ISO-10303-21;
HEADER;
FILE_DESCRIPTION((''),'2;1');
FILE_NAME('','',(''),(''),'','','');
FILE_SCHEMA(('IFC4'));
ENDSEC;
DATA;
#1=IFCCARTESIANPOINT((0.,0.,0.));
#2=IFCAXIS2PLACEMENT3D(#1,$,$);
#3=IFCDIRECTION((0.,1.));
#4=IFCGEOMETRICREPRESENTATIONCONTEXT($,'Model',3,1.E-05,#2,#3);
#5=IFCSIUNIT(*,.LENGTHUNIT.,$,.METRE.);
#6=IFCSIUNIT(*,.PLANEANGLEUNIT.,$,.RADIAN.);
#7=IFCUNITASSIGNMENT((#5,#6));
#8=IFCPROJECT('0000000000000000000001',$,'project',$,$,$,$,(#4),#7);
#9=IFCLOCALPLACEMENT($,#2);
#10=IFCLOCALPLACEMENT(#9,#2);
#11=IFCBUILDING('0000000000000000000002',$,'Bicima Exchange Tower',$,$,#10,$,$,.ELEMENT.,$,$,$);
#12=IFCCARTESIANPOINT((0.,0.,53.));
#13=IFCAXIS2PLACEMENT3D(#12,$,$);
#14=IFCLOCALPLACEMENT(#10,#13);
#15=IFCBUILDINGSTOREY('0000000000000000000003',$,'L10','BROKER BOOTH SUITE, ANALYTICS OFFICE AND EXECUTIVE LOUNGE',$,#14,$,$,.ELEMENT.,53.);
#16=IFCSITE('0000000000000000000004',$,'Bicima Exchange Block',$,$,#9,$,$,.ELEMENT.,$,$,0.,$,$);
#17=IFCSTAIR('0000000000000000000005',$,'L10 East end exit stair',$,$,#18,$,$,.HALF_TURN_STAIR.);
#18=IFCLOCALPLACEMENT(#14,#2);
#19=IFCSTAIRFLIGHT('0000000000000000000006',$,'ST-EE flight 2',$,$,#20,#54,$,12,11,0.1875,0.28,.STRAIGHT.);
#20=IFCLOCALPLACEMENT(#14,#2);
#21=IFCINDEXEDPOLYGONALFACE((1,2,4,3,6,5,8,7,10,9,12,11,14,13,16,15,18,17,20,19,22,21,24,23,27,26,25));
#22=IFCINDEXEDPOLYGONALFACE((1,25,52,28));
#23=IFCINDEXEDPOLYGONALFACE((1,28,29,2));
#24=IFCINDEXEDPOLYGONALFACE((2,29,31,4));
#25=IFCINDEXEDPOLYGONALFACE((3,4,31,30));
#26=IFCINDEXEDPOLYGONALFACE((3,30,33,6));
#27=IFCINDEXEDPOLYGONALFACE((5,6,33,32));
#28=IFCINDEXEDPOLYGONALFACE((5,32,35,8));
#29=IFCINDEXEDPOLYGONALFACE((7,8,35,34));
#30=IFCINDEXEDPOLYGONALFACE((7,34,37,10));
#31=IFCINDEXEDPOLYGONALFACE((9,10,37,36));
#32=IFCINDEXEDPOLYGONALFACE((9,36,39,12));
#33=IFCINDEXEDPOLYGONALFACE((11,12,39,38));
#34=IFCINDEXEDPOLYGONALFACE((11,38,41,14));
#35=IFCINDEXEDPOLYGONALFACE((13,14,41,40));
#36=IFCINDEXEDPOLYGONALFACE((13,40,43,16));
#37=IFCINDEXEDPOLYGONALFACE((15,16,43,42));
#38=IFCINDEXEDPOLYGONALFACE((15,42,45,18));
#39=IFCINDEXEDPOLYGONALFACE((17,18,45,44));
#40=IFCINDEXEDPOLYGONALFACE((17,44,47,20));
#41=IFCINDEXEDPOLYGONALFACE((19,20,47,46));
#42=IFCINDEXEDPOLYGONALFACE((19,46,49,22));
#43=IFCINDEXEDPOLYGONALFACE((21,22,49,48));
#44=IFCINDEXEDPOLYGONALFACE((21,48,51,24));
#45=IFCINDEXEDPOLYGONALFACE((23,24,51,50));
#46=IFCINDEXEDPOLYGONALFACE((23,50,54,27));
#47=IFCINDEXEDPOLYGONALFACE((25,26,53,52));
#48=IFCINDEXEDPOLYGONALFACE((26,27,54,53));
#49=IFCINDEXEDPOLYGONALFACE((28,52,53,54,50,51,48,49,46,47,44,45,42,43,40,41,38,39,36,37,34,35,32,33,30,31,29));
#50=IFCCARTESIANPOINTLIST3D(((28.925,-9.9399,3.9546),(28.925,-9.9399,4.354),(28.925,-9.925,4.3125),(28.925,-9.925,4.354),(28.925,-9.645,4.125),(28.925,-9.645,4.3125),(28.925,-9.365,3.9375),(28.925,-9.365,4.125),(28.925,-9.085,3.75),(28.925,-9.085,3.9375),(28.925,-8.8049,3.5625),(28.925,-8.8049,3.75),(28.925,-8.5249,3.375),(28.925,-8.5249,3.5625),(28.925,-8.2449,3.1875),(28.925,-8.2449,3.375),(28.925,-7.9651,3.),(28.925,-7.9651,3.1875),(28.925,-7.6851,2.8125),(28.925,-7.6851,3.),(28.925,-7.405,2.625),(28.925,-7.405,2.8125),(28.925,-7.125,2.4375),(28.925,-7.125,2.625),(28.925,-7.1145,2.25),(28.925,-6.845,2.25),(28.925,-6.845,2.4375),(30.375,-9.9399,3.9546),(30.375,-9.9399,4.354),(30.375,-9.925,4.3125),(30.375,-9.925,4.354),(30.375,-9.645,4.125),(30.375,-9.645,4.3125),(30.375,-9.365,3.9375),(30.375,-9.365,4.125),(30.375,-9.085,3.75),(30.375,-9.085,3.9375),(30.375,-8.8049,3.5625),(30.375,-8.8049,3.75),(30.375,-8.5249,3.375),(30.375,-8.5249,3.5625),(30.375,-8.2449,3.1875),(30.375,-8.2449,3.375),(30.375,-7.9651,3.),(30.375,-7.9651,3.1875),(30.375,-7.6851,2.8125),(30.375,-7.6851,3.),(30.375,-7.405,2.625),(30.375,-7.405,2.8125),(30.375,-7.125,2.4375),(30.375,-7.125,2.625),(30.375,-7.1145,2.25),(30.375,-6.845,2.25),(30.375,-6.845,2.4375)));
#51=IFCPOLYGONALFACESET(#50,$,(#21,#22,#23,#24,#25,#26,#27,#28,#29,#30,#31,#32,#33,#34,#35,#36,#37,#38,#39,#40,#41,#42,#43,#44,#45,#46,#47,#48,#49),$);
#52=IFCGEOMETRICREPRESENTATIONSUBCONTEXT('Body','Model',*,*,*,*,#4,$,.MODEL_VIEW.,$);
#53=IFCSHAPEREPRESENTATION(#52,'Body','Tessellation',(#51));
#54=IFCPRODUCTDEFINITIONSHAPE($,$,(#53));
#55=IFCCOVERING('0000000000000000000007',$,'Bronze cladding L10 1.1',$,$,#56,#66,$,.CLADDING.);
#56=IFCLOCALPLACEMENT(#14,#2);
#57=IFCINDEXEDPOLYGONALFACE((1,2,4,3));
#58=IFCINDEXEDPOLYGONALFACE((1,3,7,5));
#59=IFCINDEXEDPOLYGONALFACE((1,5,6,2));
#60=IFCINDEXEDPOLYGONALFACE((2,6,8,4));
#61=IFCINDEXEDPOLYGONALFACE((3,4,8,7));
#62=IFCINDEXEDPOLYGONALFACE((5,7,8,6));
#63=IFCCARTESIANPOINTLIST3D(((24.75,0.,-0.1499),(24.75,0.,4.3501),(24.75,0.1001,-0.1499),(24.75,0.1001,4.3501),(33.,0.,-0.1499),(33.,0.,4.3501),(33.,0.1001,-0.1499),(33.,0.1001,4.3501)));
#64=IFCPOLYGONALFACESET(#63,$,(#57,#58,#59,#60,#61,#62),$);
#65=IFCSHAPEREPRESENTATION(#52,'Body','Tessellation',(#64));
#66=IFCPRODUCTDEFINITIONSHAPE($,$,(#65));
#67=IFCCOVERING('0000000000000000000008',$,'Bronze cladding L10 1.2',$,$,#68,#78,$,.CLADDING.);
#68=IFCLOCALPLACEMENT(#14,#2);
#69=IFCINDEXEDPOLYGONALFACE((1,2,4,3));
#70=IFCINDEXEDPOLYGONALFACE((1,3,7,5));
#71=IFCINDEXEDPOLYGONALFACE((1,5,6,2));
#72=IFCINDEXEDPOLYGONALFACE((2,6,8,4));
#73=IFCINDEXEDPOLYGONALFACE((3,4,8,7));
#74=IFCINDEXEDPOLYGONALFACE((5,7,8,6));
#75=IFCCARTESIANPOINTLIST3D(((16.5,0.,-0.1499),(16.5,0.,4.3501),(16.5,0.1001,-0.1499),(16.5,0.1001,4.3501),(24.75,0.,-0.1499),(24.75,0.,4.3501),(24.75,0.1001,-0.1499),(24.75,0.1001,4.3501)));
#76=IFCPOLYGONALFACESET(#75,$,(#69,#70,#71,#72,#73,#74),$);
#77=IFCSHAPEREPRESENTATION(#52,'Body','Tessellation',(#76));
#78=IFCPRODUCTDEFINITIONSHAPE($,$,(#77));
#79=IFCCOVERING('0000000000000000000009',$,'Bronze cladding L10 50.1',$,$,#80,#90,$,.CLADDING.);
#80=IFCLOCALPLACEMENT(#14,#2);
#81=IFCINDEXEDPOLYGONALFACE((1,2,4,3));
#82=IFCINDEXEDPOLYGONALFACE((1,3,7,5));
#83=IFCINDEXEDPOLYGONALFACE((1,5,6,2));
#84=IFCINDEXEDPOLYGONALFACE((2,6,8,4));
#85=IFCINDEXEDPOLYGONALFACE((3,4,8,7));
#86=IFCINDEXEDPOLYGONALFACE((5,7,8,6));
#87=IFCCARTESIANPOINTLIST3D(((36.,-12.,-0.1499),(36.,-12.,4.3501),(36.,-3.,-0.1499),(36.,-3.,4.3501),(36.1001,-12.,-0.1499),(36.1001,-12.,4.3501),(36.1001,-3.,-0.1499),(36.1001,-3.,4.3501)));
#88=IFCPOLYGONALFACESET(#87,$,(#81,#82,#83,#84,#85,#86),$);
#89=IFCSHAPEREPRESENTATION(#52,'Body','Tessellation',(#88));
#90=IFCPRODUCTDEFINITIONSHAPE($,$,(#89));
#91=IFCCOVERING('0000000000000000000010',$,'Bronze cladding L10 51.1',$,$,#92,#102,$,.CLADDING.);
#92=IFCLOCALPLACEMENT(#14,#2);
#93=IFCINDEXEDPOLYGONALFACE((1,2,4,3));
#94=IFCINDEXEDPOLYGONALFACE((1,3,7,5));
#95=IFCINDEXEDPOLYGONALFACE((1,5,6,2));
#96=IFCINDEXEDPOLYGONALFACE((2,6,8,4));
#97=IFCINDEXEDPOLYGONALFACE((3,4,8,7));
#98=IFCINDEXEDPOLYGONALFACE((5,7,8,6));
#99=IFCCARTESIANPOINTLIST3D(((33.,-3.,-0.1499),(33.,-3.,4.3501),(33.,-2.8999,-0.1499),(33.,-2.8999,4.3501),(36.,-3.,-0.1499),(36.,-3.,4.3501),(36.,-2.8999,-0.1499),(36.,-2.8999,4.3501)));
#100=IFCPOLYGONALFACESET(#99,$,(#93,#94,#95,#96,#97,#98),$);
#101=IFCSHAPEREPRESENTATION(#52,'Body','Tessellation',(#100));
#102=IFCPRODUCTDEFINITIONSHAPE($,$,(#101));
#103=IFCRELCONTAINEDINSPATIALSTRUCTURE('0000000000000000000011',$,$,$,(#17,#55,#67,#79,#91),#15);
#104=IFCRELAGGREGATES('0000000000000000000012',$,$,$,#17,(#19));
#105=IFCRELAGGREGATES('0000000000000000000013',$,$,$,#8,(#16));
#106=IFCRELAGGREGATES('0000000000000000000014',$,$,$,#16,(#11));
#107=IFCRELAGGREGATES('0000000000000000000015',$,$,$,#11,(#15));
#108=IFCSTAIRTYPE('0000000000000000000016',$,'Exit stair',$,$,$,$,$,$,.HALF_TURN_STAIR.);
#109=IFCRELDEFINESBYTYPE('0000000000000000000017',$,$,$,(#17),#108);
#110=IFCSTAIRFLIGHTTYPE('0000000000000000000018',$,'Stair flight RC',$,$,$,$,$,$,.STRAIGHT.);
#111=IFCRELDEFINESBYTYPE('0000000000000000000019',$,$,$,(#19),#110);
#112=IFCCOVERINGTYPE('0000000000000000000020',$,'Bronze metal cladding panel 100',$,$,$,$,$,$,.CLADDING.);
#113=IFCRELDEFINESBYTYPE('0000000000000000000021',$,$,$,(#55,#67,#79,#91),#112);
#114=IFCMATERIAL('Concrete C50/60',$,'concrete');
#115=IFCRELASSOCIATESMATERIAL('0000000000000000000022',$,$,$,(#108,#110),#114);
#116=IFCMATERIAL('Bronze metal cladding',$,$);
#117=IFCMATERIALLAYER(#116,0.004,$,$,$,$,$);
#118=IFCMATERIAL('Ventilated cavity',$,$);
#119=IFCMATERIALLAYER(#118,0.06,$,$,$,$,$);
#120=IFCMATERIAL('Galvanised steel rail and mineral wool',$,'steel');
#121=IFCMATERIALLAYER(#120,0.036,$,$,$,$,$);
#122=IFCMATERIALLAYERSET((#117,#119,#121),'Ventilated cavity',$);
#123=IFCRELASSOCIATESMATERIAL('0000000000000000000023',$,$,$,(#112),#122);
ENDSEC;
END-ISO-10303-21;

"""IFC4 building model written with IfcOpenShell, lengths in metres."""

from ifc_helpers import new_model, si_unit, direction, frame, origin, origin_2d, place, context, subcontext, project, spatial, polyline, rectangle, outline, extrude, material, layer, layer_set, type_object, element, aggregate, save


model = new_model("IFC4")

# Units and contexts
model_context = context("Model", 3, precision=1e-05, world=origin(), true_north=direction((0.0, 1.0)))
body_context = subcontext(model_context, "Body", "Model", "MODEL_VIEW")
ifc_project = project(units=[si_unit("LENGTHUNIT", "METRE"), si_unit("PLANEANGLEUNIT", "RADIAN")], contexts=[model_context])

# Site, building, storey
site_placement = place(None, origin())
site = spatial("IfcSite", under=ifc_project, at=site_placement, Name="Bicima Exchange Block", CompositionType="ELEMENT", RefElevation=0.0)
building_placement = place(site_placement, origin())
building = spatial("IfcBuilding", under=site, at=building_placement, Name="Bicima Exchange Tower", CompositionType="ELEMENT")
storey_placement = place(building_placement, frame((0.0, 0.0, 53.0)))
storey = spatial("IfcBuildingStorey", under=building, at=storey_placement, Name="L10", Description="BROKER BOOTH SUITE, ANALYTICS OFFICE AND EXECUTIVE LOUNGE", CompositionType="ELEMENT", Elevation=53.0)

# Shared definitions
ifc_material_1 = material(Name="Concrete C50/60", Category="concrete")

# Stair, stair flight
stair_type = type_object("IfcStairType", Name="Exit stair", PredefinedType="HALF_TURN_STAIR", material=ifc_material_1)
stair_flight_type = type_object("IfcStairFlightType", Name="Stair flight RC", PredefinedType="STRAIGHT", material=ifc_material_1)
stair_1_placement = place(storey_placement, origin())
stair_1 = element("IfcStair", 1, at=stair_1_placement, inside=storey, type_object=stair_type, Name="L10 East end exit stair", PredefinedType="HALF_TURN_STAIR")
stair_flight_1_placement = place(storey_placement, frame((29.6499, -6.845, 2.25), z_axis=(0.0, 0.0, 1.0), x_axis=(0.0, -1.0, 0.0)))
stair_flight_1 = element("IfcStairFlight", 2, at=stair_flight_1_placement, type_object=stair_flight_type, Name="ST-EE flight 2", NumberOfRisers=12, NumberOfTreads=11, PredefinedType="STRAIGHT", RiserHeight=0.1875, TreadLength=0.28, context=body_context, shape_type="SweptSolid", body=[
    extrude(outline(polyline([(0.0, 0.0), (0.0, 0.1875), (0.28, 0.1875), (0.28, 0.375), (0.5601, 0.375), (0.5601, 0.5625), (0.8401, 0.5625), (0.8401, 0.75), (1.1201, 0.75), (1.1201, 0.9375), (1.3999, 0.9375), (1.3999, 1.125), (1.6799, 1.125), (1.6799, 1.3125), (1.96, 1.3125), (1.96, 1.5), (2.24, 1.5), (2.24, 1.6875), (2.52, 1.6875), (2.52, 1.875), (2.8, 1.875), (2.8, 2.0625), (3.0801, 2.0625), (3.0801, 2.104), (3.095, 2.104), (3.095, 1.7046), (0.2695, 0.0), (0.0, 0.0)])), frame((0.0, 0.7251, 0.0), z_axis=(0.0, -1.0, 0.0), x_axis=(1.0, 0.0, 0.0)), (0.0, 0.0, 1.0), 1.45),
])
aggregate(stair_1, [stair_flight_1])

# Coverings
ifc_material_2 = material(Name="Bronze metal cladding")
ifc_layer_1 = layer(ifc_material_2, 0.004)
ifc_material_3 = material(Name="Ventilated cavity")
ifc_layer_2 = layer(ifc_material_3, 0.06)
ifc_material_4 = material(Name="Galvanised steel rail and mineral wool", Category="steel")
ifc_layer_3 = layer(ifc_material_4, 0.036)
ifc_layer_set_1 = layer_set([ifc_layer_1, ifc_layer_2, ifc_layer_3], Name="Ventilated cavity")
covering_type = type_object("IfcCoveringType", Name="Bronze metal cladding panel 100", PredefinedType="CLADDING", material=ifc_layer_set_1)
for number, where, z_axis, x_axis, name in (
    (3, (28.875, 0.05, -0.1499), (0.0, 0.0, 1.0), (-1.0, 0.0, 0.0), "Bronze cladding L10 1.1"),
    (4, (20.625, 0.05, -0.1499), (0.0, 0.0, 1.0), (-1.0, 0.0, 0.0), "Bronze cladding L10 1.2"),
):
    element("IfcCovering", number, at=place(storey_placement, frame(where, z_axis=z_axis, x_axis=x_axis)), inside=storey, type_object=covering_type, Name=name, PredefinedType="CLADDING", context=body_context, shape_type="SweptSolid", body=[
        extrude(rectangle(XDim=8.25, YDim=0.1001, at=origin_2d()), origin(), (0.0, 0.0, 1.0), 4.5),
    ])
covering_1_placement = place(storey_placement, frame((36.05, -7.5, -0.1499), z_axis=(0.0, 0.0, 1.0), x_axis=(0.0, 1.0, 0.0)))
element("IfcCovering", 5, at=covering_1_placement, inside=storey, type_object=covering_type, Name="Bronze cladding L10 50.1", PredefinedType="CLADDING", context=body_context, shape_type="SweptSolid", body=[
    extrude(rectangle(XDim=9.0, YDim=0.1001, at=origin_2d()), origin(), (0.0, 0.0, 1.0), 4.5),
])
covering_2_placement = place(storey_placement, frame((34.5, -2.95, -0.1499), z_axis=(0.0, 0.0, 1.0), x_axis=(-1.0, 0.0, 0.0)))
element("IfcCovering", 6, at=covering_2_placement, inside=storey, type_object=covering_type, Name="Bronze cladding L10 51.1", PredefinedType="CLADDING", context=body_context, shape_type="SweptSolid", body=[
    extrude(rectangle(XDim=3.0, YDim=0.1001, at=origin_2d()), origin(), (0.0, 0.0, 1.0), 4.5),
])

save(model, "model.ifc")
